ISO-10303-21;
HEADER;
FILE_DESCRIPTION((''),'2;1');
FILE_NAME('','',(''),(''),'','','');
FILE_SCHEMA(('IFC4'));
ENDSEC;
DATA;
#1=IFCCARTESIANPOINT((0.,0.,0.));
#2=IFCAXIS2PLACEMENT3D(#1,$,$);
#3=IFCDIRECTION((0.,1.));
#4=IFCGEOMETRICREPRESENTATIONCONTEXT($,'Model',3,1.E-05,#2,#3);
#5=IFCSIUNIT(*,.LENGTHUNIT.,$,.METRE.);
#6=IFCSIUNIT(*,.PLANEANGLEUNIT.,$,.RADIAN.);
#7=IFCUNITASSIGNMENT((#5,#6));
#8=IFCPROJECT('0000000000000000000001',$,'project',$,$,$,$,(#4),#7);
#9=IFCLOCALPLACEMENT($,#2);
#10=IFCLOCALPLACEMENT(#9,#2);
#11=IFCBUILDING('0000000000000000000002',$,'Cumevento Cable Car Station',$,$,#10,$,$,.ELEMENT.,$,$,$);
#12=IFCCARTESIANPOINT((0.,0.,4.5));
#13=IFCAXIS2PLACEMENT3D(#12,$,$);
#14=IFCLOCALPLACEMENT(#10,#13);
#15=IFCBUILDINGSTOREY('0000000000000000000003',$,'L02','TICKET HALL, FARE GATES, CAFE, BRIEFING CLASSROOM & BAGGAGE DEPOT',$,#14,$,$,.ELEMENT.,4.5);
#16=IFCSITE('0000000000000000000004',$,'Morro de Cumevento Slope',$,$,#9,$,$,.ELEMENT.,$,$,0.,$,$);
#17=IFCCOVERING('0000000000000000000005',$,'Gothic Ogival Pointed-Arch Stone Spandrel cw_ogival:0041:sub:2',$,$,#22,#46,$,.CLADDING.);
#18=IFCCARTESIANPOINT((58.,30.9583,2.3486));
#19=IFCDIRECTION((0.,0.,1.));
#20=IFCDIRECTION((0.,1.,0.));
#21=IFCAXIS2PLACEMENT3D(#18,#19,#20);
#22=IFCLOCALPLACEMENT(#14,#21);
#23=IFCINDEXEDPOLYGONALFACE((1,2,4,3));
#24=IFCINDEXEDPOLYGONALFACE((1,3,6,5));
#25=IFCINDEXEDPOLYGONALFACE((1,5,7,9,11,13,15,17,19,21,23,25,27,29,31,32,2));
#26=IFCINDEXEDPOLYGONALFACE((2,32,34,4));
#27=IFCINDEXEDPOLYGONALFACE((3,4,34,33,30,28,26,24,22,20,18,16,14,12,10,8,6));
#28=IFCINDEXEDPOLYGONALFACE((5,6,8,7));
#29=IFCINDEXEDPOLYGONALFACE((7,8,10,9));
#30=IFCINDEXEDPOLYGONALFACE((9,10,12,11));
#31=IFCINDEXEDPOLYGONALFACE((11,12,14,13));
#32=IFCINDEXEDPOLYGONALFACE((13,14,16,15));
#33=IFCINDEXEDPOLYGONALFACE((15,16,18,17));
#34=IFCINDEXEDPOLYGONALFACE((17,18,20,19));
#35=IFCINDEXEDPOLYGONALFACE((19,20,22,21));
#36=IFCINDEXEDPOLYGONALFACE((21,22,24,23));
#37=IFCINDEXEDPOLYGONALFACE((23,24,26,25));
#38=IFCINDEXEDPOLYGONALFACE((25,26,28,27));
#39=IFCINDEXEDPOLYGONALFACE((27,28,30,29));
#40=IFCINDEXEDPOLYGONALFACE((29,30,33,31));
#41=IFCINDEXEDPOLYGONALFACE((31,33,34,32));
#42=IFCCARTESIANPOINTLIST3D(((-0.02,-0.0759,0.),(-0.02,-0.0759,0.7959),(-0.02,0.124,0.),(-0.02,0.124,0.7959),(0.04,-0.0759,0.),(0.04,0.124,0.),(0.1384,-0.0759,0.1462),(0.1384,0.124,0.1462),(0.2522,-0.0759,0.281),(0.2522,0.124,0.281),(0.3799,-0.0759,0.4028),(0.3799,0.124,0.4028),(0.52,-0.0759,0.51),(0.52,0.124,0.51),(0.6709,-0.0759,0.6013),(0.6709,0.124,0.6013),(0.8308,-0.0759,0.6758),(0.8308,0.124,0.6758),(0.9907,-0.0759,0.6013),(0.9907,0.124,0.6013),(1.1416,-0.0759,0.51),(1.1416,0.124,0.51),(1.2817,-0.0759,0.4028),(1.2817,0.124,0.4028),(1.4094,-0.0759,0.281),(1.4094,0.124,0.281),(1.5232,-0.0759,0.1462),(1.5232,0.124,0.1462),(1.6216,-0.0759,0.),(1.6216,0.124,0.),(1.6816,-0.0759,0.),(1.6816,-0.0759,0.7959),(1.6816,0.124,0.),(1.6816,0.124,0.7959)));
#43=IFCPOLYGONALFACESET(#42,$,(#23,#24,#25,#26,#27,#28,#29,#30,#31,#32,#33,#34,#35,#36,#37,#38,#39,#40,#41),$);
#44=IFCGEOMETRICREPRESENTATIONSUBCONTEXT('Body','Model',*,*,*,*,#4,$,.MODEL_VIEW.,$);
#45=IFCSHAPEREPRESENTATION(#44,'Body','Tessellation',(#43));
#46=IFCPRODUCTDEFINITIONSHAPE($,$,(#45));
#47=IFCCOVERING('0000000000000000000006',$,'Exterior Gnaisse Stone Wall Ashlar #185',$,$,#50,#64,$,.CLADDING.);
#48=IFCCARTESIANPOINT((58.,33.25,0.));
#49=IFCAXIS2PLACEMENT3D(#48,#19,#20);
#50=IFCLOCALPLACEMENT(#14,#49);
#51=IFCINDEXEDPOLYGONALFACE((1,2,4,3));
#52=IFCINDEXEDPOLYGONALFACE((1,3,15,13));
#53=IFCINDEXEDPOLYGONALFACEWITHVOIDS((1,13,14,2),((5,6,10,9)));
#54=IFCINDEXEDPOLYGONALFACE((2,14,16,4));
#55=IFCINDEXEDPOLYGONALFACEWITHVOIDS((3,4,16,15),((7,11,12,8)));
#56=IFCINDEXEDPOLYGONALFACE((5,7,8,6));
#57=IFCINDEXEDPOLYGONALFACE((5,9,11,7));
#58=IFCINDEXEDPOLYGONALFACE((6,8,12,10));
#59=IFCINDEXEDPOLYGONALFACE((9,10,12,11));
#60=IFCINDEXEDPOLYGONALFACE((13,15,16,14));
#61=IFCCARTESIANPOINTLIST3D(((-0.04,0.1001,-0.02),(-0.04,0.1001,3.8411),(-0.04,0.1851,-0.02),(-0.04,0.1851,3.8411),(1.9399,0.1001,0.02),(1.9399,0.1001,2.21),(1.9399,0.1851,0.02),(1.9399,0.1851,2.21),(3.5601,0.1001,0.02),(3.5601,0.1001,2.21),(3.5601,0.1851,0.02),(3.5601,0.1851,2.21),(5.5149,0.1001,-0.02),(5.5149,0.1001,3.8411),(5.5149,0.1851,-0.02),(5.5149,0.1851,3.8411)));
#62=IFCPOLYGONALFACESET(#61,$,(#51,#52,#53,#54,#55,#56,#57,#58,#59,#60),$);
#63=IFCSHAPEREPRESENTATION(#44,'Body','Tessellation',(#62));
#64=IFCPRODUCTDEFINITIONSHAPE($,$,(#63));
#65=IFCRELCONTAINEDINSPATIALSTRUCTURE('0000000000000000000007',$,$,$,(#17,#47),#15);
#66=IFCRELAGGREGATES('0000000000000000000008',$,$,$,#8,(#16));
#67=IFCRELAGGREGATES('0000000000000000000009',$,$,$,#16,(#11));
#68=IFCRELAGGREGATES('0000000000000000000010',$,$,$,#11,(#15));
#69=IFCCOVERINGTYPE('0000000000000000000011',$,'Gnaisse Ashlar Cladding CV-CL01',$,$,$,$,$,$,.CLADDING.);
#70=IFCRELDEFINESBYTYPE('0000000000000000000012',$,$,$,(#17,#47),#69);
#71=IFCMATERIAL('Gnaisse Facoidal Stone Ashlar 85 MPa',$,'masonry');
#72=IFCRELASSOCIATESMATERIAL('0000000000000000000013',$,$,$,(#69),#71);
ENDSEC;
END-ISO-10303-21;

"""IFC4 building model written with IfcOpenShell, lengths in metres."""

from ifc_helpers import new_model, si_unit, direction, frame, origin, place, context, subcontext, project, spatial, polyline, outline, extrude, material, type_object, element, save


model = new_model("IFC4")

# Units and contexts
model_context = context("Model", 3, precision=1e-05, world=origin(), true_north=direction((0.0, 1.0)))
body_context = subcontext(model_context, "Body", "Model", "MODEL_VIEW")
ifc_project = project(units=[si_unit("LENGTHUNIT", "METRE"), si_unit("PLANEANGLEUNIT", "RADIAN")], contexts=[model_context])

# Site, building, storey
site_placement = place(None, origin())
site = spatial("IfcSite", under=ifc_project, at=site_placement, Name="Morro de Cumevento Slope", CompositionType="ELEMENT", RefElevation=0.0)
building_placement = place(site_placement, origin())
building = spatial("IfcBuilding", under=site, at=building_placement, Name="Cumevento Cable Car Station", CompositionType="ELEMENT")
storey_placement = place(building_placement, frame((0.0, 0.0, 4.5)))
storey = spatial("IfcBuildingStorey", under=building, at=storey_placement, Name="L02", Description="TICKET HALL, FARE GATES, CAFE, BRIEFING CLASSROOM & BAGGAGE DEPOT", CompositionType="ELEMENT", Elevation=4.5)

# Coverings
ifc_material_1 = material(Name="Gnaisse Facoidal Stone Ashlar 85 MPa", Category="masonry")
covering_type = type_object("IfcCoveringType", Name="Gnaisse Ashlar Cladding CV-CL01", PredefinedType="CLADDING", material=ifc_material_1)
covering_1_placement = place(storey_placement, frame((58.0, 30.9583, 2.3486), z_axis=(0.0, 0.0, 1.0), x_axis=(0.0, 1.0, 0.0)))
element("IfcCovering", 1, at=covering_1_placement, inside=storey, type_object=covering_type, Name="Gothic Ogival Pointed-Arch Stone Spandrel cw_ogival:0041:sub:2", PredefinedType="CLADDING", context=body_context, shape_type="SweptSolid", body=[
    extrude(outline(polyline([(-0.02, 0.0), (-0.02, 0.7959), (1.6816, 0.7959), (1.6816, 0.0), (1.6216, 0.0), (1.5232, 0.1462), (1.4094, 0.281), (1.2817, 0.4028), (1.1416, 0.51), (0.9907, 0.6013), (0.8308, 0.6758), (0.6709, 0.6013), (0.52, 0.51), (0.3799, 0.4028), (0.2522, 0.281), (0.1384, 0.1462), (0.04, 0.0), (-0.02, 0.0)])), frame((0.0, 0.124, 0.0), z_axis=(0.0, -1.0, 0.0), x_axis=(1.0, 0.0, 0.0)), (0.0, 0.0, 1.0), 0.2),
])
covering_2_placement = place(storey_placement, frame((58.0, 33.25, 0.0), z_axis=(0.0, 0.0, 1.0), x_axis=(0.0, 1.0, 0.0)))
element("IfcCovering", 2, at=covering_2_placement, inside=storey, type_object=covering_type, Name="Exterior Gnaisse Stone Wall Ashlar #185", PredefinedType="CLADDING", context=body_context, shape_type="SweptSolid", body=[
    extrude(outline(polyline([(-0.04, -0.02), (5.5149, -0.02), (5.5149, 3.8411), (-0.04, 3.8411), (-0.04, -0.02)]), holes=[polyline([(1.9399, 0.02), (3.5601, 0.02), (3.5601, 2.21), (1.9399, 2.21), (1.9399, 0.02)])]), frame((0.0, 0.1851, 0.0), z_axis=(0.0, -1.0, 0.0), x_axis=(1.0, 0.0, 0.0)), (0.0, 0.0, 1.0), 0.085),
])

save(model, "model.ifc")
